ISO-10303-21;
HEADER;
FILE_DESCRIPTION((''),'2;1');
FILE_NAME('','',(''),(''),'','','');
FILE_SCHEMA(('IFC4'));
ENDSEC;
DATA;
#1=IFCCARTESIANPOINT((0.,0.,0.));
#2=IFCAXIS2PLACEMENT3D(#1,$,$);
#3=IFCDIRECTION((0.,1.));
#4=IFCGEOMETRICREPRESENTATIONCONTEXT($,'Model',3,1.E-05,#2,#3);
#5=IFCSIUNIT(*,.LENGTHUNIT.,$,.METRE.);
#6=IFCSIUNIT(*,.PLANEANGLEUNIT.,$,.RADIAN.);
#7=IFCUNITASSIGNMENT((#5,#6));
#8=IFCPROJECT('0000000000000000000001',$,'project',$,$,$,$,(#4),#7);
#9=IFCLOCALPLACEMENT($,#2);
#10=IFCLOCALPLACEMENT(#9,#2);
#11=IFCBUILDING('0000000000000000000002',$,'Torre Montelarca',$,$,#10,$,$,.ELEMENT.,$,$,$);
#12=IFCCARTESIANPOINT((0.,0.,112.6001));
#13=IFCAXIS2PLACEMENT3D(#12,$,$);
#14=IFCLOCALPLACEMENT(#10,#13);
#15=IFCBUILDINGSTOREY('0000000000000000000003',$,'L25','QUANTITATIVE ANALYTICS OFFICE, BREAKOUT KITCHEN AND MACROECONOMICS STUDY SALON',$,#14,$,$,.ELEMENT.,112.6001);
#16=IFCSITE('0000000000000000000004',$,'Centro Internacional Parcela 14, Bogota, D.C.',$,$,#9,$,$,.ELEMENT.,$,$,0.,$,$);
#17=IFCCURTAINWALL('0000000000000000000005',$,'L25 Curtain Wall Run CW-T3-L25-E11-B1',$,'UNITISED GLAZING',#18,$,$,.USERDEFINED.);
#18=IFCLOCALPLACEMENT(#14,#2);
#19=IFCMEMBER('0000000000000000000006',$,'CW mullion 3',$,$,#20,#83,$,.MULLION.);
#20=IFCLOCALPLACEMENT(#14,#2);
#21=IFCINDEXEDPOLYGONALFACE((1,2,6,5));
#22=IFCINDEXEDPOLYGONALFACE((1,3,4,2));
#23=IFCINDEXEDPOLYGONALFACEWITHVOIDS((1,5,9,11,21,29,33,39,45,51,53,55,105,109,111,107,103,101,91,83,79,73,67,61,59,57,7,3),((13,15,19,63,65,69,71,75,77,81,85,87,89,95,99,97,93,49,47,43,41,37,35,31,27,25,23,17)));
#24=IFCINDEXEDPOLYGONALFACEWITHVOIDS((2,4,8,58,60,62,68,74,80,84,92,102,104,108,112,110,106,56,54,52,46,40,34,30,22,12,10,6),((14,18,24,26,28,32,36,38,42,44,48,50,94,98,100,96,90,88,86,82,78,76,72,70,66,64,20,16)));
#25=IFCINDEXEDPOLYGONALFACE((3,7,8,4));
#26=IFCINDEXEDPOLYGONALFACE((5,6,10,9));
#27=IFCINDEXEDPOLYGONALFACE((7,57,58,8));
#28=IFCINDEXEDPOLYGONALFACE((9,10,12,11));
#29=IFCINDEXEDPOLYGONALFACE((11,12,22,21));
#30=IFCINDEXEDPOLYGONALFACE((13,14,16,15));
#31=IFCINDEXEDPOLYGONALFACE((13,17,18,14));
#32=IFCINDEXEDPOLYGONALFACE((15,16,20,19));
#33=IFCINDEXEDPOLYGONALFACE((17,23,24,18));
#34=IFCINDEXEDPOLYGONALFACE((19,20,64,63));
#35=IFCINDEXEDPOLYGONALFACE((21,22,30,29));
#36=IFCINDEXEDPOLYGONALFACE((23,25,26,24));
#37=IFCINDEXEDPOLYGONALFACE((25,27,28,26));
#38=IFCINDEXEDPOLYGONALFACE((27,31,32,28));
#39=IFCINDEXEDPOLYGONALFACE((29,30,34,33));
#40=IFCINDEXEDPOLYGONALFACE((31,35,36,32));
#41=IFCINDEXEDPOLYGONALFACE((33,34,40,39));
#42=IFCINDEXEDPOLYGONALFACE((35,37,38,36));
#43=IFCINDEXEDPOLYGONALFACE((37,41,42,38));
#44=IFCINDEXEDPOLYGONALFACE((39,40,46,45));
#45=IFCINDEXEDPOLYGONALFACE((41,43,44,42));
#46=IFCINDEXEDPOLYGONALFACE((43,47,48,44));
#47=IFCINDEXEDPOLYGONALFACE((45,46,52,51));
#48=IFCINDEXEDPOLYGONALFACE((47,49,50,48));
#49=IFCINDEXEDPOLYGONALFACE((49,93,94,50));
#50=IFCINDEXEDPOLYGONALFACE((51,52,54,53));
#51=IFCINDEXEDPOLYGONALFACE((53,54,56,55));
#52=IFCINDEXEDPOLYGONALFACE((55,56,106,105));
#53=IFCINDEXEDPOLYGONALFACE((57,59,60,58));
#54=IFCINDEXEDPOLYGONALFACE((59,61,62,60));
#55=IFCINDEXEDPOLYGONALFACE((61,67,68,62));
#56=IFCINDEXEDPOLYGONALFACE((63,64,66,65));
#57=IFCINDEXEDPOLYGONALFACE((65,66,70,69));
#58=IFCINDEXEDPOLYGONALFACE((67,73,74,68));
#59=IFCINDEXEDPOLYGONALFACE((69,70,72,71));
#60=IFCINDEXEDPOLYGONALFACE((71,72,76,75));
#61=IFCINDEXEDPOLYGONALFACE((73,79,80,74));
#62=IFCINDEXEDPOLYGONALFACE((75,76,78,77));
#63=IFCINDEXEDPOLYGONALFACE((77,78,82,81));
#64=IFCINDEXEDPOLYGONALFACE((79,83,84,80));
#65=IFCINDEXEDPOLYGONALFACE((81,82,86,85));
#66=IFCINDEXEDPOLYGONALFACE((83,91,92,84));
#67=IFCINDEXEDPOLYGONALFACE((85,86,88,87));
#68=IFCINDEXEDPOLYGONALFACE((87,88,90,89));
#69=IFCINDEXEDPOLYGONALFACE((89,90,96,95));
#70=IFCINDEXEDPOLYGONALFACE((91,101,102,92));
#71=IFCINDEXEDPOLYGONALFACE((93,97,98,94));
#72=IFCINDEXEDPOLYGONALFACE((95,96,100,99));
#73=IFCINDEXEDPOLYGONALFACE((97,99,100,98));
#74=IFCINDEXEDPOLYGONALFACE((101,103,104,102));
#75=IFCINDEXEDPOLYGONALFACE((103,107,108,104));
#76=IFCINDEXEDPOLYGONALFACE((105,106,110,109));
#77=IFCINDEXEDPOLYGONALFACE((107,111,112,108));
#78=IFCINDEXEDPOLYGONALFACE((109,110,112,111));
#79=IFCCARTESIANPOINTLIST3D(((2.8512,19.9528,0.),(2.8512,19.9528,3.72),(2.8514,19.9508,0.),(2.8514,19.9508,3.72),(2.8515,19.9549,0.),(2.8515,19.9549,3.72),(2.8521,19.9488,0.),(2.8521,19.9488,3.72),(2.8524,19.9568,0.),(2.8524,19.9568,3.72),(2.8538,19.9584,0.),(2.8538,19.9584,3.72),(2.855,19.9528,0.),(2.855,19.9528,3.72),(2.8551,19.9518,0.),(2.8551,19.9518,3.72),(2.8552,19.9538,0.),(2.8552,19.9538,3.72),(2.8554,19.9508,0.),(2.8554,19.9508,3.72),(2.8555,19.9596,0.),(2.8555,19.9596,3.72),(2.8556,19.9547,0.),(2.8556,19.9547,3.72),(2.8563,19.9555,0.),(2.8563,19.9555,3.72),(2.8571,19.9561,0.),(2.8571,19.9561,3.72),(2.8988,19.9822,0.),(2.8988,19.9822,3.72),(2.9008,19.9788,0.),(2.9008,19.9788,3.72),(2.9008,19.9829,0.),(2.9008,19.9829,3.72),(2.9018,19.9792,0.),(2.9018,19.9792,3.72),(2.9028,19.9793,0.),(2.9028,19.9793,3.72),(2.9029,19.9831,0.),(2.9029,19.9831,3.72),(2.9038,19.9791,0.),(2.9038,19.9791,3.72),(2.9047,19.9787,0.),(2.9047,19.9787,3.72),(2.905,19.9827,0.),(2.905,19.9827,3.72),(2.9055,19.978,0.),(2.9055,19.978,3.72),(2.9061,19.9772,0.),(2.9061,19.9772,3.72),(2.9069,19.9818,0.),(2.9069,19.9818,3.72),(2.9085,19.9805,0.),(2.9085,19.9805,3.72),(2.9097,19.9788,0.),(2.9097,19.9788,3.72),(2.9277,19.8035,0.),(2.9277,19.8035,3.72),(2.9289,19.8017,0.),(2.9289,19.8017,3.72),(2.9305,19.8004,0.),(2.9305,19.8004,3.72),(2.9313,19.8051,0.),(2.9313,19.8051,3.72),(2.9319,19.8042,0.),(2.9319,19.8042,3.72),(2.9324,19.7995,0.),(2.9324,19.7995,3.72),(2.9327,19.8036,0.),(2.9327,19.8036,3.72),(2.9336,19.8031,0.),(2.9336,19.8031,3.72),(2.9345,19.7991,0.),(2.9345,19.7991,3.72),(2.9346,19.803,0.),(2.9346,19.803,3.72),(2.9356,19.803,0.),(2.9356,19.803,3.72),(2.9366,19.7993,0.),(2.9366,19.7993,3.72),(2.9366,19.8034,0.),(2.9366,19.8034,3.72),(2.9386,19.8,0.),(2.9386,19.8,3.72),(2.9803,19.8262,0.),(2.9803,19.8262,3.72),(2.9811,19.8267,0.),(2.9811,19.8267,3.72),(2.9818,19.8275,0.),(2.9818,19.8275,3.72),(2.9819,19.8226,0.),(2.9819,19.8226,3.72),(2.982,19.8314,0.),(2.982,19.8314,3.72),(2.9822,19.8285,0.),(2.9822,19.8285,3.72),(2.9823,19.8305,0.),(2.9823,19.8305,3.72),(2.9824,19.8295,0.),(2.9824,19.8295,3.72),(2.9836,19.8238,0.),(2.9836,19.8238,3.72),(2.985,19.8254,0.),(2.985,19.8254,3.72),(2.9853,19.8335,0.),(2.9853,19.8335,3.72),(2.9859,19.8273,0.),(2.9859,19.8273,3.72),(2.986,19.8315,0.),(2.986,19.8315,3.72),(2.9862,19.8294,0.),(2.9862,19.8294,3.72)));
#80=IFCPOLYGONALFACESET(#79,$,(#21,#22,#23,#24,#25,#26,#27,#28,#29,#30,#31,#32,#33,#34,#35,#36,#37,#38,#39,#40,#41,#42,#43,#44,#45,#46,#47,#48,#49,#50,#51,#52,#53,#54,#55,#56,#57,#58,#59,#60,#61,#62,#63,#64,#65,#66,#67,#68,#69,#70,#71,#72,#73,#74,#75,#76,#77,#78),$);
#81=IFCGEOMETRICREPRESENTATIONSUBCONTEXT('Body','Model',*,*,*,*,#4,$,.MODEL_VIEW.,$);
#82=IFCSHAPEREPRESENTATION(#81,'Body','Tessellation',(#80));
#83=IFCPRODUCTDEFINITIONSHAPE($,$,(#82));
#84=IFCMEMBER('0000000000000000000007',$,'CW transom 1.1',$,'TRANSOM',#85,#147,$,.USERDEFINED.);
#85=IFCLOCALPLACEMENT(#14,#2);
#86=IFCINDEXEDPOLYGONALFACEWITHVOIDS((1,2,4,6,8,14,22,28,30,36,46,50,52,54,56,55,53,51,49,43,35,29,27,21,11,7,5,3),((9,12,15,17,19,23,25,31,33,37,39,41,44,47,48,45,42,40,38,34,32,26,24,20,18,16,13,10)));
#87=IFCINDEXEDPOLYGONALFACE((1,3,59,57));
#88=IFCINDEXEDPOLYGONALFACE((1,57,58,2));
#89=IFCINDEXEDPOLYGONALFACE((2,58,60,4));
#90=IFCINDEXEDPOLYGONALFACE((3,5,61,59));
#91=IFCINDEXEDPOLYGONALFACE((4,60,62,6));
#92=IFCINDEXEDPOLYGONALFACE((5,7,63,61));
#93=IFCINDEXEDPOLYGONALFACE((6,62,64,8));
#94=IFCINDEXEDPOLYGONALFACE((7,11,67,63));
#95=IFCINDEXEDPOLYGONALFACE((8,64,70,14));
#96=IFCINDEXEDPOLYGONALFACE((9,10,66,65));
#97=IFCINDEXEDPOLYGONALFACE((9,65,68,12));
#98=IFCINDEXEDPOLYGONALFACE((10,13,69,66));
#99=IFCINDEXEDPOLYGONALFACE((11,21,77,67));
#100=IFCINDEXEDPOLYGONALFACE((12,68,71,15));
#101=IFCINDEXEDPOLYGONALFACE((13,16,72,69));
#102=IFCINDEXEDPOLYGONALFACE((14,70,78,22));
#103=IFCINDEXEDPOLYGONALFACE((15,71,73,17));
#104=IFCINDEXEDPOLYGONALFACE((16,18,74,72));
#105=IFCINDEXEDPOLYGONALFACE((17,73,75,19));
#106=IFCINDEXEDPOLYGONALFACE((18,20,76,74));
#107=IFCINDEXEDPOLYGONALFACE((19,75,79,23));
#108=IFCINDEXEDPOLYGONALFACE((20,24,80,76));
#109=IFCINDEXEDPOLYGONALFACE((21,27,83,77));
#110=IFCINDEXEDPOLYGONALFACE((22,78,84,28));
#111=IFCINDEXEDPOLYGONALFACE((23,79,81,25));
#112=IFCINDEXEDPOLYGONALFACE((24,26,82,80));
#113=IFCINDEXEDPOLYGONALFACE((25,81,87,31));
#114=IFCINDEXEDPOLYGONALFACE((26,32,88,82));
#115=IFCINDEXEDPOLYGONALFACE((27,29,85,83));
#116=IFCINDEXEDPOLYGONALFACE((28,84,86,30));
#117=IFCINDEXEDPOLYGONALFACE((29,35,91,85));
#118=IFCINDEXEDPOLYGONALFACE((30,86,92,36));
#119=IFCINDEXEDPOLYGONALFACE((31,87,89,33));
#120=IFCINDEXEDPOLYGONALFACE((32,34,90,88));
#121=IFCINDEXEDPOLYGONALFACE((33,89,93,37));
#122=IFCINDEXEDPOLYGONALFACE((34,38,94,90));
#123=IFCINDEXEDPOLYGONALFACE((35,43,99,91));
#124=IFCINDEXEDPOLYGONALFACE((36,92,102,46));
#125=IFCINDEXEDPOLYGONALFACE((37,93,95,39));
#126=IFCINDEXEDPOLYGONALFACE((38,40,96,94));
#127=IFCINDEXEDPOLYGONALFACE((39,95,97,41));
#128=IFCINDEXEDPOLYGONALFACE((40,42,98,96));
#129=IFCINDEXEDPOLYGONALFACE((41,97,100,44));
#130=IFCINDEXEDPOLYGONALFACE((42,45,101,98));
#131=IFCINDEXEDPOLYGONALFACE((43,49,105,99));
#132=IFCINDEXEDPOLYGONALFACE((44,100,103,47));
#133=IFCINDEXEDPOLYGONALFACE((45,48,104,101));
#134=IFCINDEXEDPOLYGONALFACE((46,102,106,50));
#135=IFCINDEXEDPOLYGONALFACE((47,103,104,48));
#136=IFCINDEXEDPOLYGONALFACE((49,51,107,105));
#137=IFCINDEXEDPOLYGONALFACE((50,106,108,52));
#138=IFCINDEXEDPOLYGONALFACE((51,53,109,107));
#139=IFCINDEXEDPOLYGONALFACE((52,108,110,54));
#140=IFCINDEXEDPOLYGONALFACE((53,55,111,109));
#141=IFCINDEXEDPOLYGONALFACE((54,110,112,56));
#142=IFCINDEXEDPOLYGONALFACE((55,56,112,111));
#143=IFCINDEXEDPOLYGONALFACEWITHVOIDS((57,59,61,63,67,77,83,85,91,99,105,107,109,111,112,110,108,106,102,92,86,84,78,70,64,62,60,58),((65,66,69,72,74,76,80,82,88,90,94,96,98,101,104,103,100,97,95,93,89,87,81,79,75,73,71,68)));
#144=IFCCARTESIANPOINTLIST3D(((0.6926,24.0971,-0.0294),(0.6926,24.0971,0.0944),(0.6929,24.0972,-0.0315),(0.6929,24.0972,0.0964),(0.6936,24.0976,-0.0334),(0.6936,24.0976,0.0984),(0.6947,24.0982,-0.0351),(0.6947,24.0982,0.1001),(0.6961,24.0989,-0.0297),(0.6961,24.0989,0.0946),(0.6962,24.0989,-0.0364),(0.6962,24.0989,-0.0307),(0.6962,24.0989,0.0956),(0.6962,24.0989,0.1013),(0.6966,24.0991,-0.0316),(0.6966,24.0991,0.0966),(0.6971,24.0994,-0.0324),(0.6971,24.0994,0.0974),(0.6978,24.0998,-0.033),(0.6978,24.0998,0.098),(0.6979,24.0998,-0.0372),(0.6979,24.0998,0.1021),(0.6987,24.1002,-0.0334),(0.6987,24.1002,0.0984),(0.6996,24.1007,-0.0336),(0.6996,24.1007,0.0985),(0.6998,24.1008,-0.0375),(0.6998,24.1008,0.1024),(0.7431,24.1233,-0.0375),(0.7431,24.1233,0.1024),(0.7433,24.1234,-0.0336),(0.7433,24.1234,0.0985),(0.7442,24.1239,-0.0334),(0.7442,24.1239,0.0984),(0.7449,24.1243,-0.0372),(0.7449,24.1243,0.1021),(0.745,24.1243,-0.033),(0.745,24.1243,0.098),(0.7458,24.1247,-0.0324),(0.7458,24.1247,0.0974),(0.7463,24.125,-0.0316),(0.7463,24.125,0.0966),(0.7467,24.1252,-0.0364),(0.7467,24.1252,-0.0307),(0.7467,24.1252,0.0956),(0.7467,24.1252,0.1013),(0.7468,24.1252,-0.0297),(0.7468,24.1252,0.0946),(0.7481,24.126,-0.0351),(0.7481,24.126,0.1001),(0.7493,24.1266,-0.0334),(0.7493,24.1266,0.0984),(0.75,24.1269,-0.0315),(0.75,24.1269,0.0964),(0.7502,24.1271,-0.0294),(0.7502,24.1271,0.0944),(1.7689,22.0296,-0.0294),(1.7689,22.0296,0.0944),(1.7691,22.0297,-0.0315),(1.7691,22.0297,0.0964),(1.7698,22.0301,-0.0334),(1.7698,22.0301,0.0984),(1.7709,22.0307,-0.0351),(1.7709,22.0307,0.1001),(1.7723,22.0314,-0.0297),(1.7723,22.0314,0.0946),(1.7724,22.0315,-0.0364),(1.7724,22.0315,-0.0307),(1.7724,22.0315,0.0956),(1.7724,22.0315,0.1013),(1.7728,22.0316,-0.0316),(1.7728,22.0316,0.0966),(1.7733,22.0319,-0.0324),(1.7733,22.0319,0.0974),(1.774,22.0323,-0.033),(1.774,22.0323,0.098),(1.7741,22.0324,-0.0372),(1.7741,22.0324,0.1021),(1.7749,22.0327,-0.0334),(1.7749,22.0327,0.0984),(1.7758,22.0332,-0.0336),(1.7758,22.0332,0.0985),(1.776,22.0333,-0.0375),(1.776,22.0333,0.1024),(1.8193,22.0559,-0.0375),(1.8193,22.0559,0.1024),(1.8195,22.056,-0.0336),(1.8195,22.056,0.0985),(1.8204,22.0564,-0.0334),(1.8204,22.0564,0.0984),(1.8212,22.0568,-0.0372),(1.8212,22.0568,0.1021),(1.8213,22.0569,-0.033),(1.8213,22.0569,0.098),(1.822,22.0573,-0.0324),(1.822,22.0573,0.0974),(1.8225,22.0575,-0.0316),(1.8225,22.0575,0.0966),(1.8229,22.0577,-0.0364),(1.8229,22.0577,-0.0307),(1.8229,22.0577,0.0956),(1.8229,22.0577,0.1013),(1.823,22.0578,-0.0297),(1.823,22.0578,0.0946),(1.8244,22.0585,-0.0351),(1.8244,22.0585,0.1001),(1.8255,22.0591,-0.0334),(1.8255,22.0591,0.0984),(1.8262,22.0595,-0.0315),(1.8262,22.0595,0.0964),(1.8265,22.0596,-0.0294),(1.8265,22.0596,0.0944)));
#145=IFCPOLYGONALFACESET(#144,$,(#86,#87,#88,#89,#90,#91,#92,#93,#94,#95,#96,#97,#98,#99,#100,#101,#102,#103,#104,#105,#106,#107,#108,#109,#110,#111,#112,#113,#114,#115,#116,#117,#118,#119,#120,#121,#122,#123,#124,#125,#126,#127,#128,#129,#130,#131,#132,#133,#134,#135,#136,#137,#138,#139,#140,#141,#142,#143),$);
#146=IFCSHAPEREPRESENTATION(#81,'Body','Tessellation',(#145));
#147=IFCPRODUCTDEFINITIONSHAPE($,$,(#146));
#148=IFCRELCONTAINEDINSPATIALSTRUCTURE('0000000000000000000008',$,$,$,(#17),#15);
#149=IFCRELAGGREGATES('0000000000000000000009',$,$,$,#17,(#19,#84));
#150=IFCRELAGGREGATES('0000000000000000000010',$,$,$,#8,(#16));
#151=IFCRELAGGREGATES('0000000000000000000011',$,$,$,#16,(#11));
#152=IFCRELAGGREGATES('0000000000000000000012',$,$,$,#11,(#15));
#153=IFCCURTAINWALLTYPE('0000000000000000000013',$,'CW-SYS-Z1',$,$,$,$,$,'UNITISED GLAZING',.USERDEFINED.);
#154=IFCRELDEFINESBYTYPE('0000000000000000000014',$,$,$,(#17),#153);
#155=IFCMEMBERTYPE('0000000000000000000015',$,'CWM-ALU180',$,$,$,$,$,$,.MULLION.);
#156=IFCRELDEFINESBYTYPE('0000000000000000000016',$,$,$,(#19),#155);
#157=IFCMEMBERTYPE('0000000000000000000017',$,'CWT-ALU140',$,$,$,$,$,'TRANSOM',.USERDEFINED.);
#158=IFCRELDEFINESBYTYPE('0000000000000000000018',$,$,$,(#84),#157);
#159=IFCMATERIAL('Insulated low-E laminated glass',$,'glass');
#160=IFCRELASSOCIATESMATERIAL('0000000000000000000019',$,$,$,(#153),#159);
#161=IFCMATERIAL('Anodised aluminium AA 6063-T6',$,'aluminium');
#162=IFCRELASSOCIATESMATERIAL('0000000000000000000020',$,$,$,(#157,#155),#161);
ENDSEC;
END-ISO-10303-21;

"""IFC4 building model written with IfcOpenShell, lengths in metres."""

from ifc_helpers import new_model, si_unit, direction, frame, origin, origin_2d, place, context, subcontext, project, spatial, hollow_rectangle, extrude, source, transform, mapped, material, material_profile, profile_set, type_object, element, aggregate, save


model = new_model("IFC4")

# Units and contexts
model_context = context("Model", 3, precision=1e-05, world=origin(), true_north=direction((0.0, 1.0)))
body_context = subcontext(model_context, "Body", "Model", "MODEL_VIEW")
ifc_project = project(units=[si_unit("LENGTHUNIT", "METRE"), si_unit("PLANEANGLEUNIT", "RADIAN")], contexts=[model_context])

# Site, building, storey
site_placement = place(None, origin())
site = spatial("IfcSite", under=ifc_project, at=site_placement, Name="Centro Internacional Parcela 14, Bogota, D.C.", CompositionType="ELEMENT", RefElevation=0.0)
building_placement = place(site_placement, origin())
building = spatial("IfcBuilding", under=site, at=building_placement, Name="Torre Montelarca", CompositionType="ELEMENT")
storey_placement = place(building_placement, frame((0.0, 0.0, 112.6001)))
storey = spatial("IfcBuildingStorey", under=building, at=storey_placement, Name="L25", Description="QUANTITATIVE ANALYTICS OFFICE, BREAKOUT KITCHEN AND MACROECONOMICS STUDY SALON", CompositionType="ELEMENT", Elevation=112.6001)

# Curtain wall
ifc_material_1 = material(Name="Insulated low-E laminated glass", Category="glass")
curtain_wall_type = type_object("IfcCurtainWallType", Name="CW-SYS-Z1", ElementType="UNITISED GLAZING", PredefinedType="USERDEFINED", material=ifc_material_1)
ifc_material_2 = material(Name="Anodised aluminium AA 6063-T6", Category="aluminium")
ifc_material_profile_1 = material_profile(ifc_material_2, hollow_rectangle(XDim=0.0649, YDim=0.1399, WallThickness=0.0039, InnerFilletRadius=0.0039, OuterFilletRadius=0.0081, at=origin_2d()), Name="ALU65X140X4", Category="aluminium")
ifc_profile_set_1 = profile_set([ifc_material_profile_1], Name="Anodised aluminium AA 6063-T6")
member_type_1 = type_object("IfcMemberType", Name="CWT-ALU140", ElementType="TRANSOM", PredefinedType="USERDEFINED", material=ifc_profile_set_1)
curtain_wall_1_placement = place(storey_placement, origin())
curtain_wall_1 = element("IfcCurtainWall", 1, at=curtain_wall_1_placement, inside=storey, type_object=curtain_wall_type, Name="L25 Curtain Wall Run CW-T3-L25-E11-B1", ObjectType="UNITISED GLAZING", PredefinedType="USERDEFINED")

# Members
ifc_material_profile_2 = material_profile(ifc_material_2, hollow_rectangle(XDim=0.0649, YDim=0.1799, WallThickness=0.0039, InnerFilletRadius=0.0039, OuterFilletRadius=0.0081, at=origin_2d()), Name="ALU65X180X4", Category="aluminium")
ifc_profile_set_2 = profile_set([ifc_material_profile_2], Name="Anodised aluminium AA 6063-T6")
member_type_2 = type_object("IfcMemberType", Name="CWM-ALU180", PredefinedType="MULLION", material=ifc_profile_set_2)
shared_shape_1 = source(origin(), body_context, "Body", "SweptSolid", [
    extrude(hollow_rectangle(XDim=0.0649, YDim=0.1799, WallThickness=0.0039, InnerFilletRadius=0.0039, OuterFilletRadius=0.0081, at=origin_2d()), origin(), (0.0, 0.0, 1.0), 3.72),
])
member_1_placement = place(storey_placement, frame((2.9187, 19.8911, 0.0), z_axis=(0.0, 0.0, 1.0), x_axis=(0.88701, 0.46175, 0.0)))
member_1 = element("IfcMember", 2, at=member_1_placement, type_object=member_type_2, Name="CW mullion 3", PredefinedType="MULLION", context=body_context, shape_type="MappedRepresentation", body=[
    mapped(shared_shape_1, transform((0.0, 0.0, 0.0), scale=1.0)),
])
shared_shape_2 = source(origin(), body_context, "Body", "SweptSolid", [
    extrude(hollow_rectangle(XDim=0.0649, YDim=0.1399, WallThickness=0.0039, InnerFilletRadius=0.0039, OuterFilletRadius=0.0081, at=origin_2d()), origin(), (0.0, 0.0, 1.0), 2.3308),
])
member_2_placement = place(storey_placement, frame((0.7214, 24.1121, 0.0325), z_axis=(0.461735, -0.887018, 0.0), x_axis=(0.887018, 0.461735, 0.0)))
member_2 = element("IfcMember", 3, at=member_2_placement, type_object=member_type_1, Name="CW transom 1.1", ObjectType="TRANSOM", PredefinedType="USERDEFINED", context=body_context, shape_type="MappedRepresentation", body=[
    mapped(shared_shape_2, transform((0.0, 0.0, 0.0), scale=1.0)),
])

aggregate(curtain_wall_1, [member_1, member_2])

save(model, "model.ifc")
